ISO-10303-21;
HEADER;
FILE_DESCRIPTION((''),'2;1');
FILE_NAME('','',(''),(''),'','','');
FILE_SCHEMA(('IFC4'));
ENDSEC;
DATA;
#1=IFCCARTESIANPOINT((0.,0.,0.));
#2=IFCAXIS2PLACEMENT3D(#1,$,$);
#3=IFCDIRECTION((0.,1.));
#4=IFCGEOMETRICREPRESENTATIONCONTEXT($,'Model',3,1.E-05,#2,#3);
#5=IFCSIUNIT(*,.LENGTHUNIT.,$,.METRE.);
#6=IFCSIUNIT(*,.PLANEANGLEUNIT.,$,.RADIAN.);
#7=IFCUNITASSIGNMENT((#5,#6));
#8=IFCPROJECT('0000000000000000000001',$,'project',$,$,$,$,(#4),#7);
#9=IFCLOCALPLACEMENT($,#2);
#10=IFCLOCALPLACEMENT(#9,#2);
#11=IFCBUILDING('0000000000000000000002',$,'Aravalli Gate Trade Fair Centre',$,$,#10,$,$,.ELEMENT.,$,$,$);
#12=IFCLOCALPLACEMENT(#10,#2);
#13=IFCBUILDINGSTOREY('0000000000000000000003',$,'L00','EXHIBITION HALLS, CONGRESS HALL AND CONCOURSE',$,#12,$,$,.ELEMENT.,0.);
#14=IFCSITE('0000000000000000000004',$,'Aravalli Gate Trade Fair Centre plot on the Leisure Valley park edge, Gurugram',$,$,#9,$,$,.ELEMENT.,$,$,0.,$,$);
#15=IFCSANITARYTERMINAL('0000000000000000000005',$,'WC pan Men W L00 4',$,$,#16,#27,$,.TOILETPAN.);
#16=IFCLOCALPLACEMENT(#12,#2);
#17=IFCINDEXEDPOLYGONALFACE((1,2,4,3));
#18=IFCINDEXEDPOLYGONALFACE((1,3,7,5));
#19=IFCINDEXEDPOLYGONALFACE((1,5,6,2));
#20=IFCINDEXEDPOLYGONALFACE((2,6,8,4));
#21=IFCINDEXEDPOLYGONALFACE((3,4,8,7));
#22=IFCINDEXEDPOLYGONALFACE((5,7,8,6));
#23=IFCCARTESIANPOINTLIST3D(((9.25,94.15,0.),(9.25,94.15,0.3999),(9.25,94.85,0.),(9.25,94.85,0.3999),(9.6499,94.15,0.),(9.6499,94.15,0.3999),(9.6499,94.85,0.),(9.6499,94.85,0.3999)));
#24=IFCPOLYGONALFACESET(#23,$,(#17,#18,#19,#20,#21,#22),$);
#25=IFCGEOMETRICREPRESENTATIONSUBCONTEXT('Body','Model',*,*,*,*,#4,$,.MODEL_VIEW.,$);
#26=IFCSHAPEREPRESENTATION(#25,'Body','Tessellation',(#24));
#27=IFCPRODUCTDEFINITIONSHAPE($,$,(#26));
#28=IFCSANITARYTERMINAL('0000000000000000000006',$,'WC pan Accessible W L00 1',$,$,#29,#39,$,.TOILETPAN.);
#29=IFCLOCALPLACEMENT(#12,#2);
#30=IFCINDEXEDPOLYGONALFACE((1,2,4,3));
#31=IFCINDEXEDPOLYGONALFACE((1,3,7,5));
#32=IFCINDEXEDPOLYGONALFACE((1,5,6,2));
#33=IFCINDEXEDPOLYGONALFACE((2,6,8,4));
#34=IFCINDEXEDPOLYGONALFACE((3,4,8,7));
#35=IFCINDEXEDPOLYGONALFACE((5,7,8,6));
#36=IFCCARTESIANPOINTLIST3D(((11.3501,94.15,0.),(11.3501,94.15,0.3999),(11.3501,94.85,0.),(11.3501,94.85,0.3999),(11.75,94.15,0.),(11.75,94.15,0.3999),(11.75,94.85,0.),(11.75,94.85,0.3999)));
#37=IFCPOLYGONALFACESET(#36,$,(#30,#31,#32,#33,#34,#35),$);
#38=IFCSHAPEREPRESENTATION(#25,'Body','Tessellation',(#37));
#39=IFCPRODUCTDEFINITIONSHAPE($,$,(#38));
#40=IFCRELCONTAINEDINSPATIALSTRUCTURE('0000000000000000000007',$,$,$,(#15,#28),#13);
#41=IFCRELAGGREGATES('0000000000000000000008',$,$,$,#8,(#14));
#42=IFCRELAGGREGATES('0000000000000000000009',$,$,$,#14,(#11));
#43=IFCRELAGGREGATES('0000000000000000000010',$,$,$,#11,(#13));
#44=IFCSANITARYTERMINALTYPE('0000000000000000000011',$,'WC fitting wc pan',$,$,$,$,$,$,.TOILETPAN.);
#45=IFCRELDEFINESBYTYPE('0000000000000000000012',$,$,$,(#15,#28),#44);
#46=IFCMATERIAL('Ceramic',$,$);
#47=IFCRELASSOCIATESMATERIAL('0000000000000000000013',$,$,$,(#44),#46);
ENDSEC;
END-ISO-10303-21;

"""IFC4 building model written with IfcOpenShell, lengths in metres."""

from ifc_helpers import new_model, si_unit, direction, frame, origin, origin_2d, place, context, subcontext, project, spatial, rectangle, extrude, material, type_object, element, save


model = new_model("IFC4")

# Units and contexts
model_context = context("Model", 3, precision=1e-05, world=origin(), true_north=direction((0.0, 1.0)))
body_context = subcontext(model_context, "Body", "Model", "MODEL_VIEW")
ifc_project = project(units=[si_unit("LENGTHUNIT", "METRE"), si_unit("PLANEANGLEUNIT", "RADIAN")], contexts=[model_context])

# Site, building, storey
site_placement = place(None, origin())
site = spatial("IfcSite", under=ifc_project, at=site_placement, Name="Aravalli Gate Trade Fair Centre plot on the Leisure Valley park edge, Gurugram", CompositionType="ELEMENT", RefElevation=0.0)
building_placement = place(site_placement, origin())
building = spatial("IfcBuilding", under=site, at=building_placement, Name="Aravalli Gate Trade Fair Centre", CompositionType="ELEMENT")
storey_placement = place(building_placement, origin())
storey = spatial("IfcBuildingStorey", under=building, at=storey_placement, Name="L00", Description="EXHIBITION HALLS, CONGRESS HALL AND CONCOURSE", CompositionType="ELEMENT", Elevation=0.0)

# Sanitary terminals
ifc_material_1 = material(Name="Ceramic")
sanitary_terminal_type_1 = type_object("IfcSanitaryTerminalType", Name="WC fitting wc pan", PredefinedType="TOILETPAN", material=ifc_material_1)
for number, where, z_axis, x_axis, name in (
    (1, (9.45, 94.5, 0.0), (0.0, 0.0, 1.0), (1.0, 0.0, 0.0), "WC pan Men W L00 4"),
    (2, (11.55, 94.5, 0.0), (0.0, 0.0, 1.0), (1.0, 0.0, 0.0), "WC pan Accessible W L00 1"),
):
    element("IfcSanitaryTerminal", number, at=place(storey_placement, frame(where, z_axis=z_axis, x_axis=x_axis)), inside=storey, type_object=sanitary_terminal_type_1, Name=name, PredefinedType="TOILETPAN", context=body_context, shape_type="SweptSolid", body=[
        extrude(rectangle(XDim=0.3999, YDim=0.7, at=origin_2d()), origin(), (0.0, 0.0, 1.0), 0.3999),
    ])

save(model, "model.ifc")
